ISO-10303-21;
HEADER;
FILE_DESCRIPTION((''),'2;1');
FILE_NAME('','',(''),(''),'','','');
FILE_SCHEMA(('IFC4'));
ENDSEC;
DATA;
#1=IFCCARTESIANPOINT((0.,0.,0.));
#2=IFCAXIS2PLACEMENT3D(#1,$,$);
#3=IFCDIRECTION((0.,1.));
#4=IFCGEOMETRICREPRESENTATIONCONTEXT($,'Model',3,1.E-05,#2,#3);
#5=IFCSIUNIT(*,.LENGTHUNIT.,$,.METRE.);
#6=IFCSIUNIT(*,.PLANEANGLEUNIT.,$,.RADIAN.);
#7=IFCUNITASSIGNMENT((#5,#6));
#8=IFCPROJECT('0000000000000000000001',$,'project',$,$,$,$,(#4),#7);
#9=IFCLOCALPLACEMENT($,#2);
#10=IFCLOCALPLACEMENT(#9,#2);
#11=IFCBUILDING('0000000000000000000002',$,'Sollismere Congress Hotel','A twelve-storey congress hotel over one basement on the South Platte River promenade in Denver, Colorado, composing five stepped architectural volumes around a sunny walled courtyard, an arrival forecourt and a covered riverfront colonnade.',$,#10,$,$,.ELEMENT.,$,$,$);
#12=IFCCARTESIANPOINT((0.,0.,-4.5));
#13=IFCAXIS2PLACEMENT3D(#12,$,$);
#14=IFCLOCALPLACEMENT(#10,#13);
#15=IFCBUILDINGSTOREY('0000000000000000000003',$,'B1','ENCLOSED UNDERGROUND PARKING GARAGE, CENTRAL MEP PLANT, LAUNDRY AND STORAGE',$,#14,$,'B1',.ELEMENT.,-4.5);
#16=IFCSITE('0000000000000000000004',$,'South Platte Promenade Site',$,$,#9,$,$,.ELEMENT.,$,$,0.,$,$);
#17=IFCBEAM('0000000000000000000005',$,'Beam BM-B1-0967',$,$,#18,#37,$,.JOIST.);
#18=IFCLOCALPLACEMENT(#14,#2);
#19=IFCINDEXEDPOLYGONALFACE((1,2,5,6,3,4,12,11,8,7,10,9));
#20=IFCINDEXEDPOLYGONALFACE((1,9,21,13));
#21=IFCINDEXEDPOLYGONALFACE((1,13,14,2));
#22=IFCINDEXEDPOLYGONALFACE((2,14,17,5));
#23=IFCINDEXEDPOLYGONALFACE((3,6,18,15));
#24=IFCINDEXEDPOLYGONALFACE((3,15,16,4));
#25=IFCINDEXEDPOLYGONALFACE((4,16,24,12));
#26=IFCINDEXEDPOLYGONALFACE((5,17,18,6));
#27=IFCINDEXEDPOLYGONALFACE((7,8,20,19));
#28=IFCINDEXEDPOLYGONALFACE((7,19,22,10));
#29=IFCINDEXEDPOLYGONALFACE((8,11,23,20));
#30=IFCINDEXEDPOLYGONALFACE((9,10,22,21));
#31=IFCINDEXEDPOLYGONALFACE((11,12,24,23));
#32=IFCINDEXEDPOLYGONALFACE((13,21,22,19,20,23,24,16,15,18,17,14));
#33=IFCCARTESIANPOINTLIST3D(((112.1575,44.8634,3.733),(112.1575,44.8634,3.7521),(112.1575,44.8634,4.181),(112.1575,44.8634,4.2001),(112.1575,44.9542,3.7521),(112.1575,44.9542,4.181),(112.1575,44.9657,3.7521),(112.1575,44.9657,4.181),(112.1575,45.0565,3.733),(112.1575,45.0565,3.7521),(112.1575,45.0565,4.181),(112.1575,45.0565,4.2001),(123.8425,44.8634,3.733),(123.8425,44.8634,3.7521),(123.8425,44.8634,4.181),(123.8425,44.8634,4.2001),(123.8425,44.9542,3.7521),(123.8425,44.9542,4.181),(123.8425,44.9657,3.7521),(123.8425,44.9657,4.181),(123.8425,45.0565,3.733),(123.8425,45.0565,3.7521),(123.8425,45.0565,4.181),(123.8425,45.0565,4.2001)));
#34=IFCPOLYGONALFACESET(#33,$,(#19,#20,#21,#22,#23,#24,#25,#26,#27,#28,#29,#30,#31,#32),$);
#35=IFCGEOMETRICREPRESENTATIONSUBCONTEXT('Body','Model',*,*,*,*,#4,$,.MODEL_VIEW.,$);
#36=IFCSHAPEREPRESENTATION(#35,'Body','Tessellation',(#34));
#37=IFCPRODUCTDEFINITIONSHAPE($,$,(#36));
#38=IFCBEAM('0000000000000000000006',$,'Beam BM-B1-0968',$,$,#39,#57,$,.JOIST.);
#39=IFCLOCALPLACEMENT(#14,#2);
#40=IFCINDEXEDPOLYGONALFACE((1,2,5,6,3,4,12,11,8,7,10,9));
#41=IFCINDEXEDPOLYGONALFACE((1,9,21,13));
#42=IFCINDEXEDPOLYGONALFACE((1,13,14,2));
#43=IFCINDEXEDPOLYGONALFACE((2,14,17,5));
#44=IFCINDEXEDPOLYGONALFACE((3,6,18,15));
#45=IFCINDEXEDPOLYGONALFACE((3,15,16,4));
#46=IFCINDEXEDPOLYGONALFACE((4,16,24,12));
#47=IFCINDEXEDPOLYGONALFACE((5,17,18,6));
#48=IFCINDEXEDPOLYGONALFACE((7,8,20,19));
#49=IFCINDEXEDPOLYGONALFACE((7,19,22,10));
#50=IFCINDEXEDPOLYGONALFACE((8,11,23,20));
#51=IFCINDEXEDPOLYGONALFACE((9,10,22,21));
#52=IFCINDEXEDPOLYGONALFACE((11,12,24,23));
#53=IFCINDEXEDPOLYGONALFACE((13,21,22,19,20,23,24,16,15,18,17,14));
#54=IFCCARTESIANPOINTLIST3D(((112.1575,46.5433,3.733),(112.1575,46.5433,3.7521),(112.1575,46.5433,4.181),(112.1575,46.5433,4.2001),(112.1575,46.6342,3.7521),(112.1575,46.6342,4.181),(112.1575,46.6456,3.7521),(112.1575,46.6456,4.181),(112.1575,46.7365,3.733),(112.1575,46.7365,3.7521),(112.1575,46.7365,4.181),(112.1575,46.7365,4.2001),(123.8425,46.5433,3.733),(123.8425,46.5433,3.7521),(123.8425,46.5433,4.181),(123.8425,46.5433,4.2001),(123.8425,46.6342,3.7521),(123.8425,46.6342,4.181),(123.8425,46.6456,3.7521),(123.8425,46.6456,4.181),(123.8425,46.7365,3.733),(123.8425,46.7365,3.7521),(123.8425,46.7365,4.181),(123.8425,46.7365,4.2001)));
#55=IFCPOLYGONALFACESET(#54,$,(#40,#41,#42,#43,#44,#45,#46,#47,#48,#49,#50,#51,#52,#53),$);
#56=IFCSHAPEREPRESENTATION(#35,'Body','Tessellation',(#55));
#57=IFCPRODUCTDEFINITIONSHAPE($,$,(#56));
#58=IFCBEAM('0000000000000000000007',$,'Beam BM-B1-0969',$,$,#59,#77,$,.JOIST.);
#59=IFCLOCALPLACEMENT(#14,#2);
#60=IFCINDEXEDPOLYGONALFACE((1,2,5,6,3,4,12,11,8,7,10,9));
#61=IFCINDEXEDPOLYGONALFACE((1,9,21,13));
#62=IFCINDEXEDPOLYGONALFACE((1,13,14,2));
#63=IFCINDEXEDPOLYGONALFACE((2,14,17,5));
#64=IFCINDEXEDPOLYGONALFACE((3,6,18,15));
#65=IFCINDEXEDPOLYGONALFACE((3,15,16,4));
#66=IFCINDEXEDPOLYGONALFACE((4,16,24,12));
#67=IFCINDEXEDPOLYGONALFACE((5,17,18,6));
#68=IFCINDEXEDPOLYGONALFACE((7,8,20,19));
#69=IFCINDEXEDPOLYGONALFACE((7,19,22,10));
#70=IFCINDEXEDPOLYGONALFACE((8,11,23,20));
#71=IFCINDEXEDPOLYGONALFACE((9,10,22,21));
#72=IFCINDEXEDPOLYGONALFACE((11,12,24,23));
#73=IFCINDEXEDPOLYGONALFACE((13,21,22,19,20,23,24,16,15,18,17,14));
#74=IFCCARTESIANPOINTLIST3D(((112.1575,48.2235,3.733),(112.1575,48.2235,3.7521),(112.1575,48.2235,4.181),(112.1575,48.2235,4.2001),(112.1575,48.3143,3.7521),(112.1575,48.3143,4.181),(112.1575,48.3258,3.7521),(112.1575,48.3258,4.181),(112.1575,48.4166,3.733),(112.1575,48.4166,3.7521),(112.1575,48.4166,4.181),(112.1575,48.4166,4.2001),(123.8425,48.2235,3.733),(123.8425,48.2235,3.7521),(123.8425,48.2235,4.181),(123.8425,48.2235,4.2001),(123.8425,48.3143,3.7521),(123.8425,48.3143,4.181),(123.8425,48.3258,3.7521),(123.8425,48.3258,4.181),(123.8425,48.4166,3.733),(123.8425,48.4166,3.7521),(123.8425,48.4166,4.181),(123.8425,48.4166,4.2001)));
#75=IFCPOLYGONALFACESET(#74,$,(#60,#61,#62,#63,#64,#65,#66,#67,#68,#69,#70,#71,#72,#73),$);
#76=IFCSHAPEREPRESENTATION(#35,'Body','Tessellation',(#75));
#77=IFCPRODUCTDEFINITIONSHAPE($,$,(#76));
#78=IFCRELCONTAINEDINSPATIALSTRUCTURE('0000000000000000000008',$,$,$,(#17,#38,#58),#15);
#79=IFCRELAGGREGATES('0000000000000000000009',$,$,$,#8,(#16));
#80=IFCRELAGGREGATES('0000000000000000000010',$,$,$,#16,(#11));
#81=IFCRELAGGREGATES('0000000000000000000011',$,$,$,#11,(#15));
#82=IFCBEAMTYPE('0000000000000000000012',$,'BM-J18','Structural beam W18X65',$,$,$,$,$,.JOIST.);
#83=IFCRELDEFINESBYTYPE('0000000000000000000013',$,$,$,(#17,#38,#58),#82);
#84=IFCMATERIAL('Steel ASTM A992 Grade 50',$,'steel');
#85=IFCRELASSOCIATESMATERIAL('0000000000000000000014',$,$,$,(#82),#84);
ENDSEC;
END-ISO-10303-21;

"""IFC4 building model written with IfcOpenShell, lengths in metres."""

from ifc_helpers import new_model, si_unit, direction, frame, origin, origin_2d, place, context, subcontext, project, spatial, i_section, extrude, material, material_profile, profile_set, type_object, element, save


model = new_model("IFC4")

# Units and contexts
model_context = context("Model", 3, precision=1e-05, world=origin(), true_north=direction((0.0, 1.0)))
body_context = subcontext(model_context, "Body", "Model", "MODEL_VIEW")
ifc_project = project(units=[si_unit("LENGTHUNIT", "METRE"), si_unit("PLANEANGLEUNIT", "RADIAN")], contexts=[model_context])

# Site, building, storey
site_placement = place(None, origin())
site = spatial("IfcSite", under=ifc_project, at=site_placement, Name="South Platte Promenade Site", CompositionType="ELEMENT", RefElevation=0.0)
building_placement = place(site_placement, origin())
building = spatial("IfcBuilding", under=site, at=building_placement, Name="Sollismere Congress Hotel", Description="A twelve-storey congress hotel over one basement on the South Platte River promenade in Denver, Colorado, composing five stepped architectural volumes around a sunny walled courtyard, an arrival forecourt and a covered riverfront colonnade.", CompositionType="ELEMENT")
storey_placement = place(building_placement, frame((0.0, 0.0, -4.5)))
storey = spatial("IfcBuildingStorey", under=building, at=storey_placement, Name="B1", Description="ENCLOSED UNDERGROUND PARKING GARAGE, CENTRAL MEP PLANT, LAUNDRY AND STORAGE", LongName="B1", CompositionType="ELEMENT", Elevation=-4.5)

# Beams
ifc_material_1 = material(Name="Steel ASTM A992 Grade 50", Category="steel")
ifc_material_profile_1 = material_profile(ifc_material_1, i_section(OverallWidth=0.1931, OverallDepth=0.467, WebThickness=0.0115, FlangeThickness=0.019, at=origin_2d()), Name="W18X65")
ifc_profile_set_1 = profile_set([ifc_material_profile_1], Name="Steel ASTM A992 Grade 50")
beam_type_1 = type_object("IfcBeamType", Name="BM-J18", Description="Structural beam W18X65", PredefinedType="JOIST", material=ifc_profile_set_1)
for number, where, z_axis, x_axis, name in (
    (1, (112.1575, 44.96, 3.9666), (1.0, 0.0, 0.0), (0.0, 1.0, 0.0), "Beam BM-B1-0967"),
    (2, (112.1575, 46.6399, 3.9666), (1.0, 0.0, 0.0), (0.0, 1.0, 0.0), "Beam BM-B1-0968"),
    (3, (112.1575, 48.3201, 3.9666), (1.0, 0.0, 0.0), (0.0, 1.0, 0.0), "Beam BM-B1-0969"),
):
    element("IfcBeam", number, at=place(storey_placement, frame(where, z_axis=z_axis, x_axis=x_axis)), inside=storey, type_object=beam_type_1, Name=name, PredefinedType="JOIST", context=body_context, shape_type="SweptSolid", body=[
        extrude(i_section(OverallWidth=0.1931, OverallDepth=0.467, WebThickness=0.0115, FlangeThickness=0.019, at=origin_2d()), origin(), (0.0, 0.0, 1.0), 11.6851),
    ])

save(model, "model.ifc")
